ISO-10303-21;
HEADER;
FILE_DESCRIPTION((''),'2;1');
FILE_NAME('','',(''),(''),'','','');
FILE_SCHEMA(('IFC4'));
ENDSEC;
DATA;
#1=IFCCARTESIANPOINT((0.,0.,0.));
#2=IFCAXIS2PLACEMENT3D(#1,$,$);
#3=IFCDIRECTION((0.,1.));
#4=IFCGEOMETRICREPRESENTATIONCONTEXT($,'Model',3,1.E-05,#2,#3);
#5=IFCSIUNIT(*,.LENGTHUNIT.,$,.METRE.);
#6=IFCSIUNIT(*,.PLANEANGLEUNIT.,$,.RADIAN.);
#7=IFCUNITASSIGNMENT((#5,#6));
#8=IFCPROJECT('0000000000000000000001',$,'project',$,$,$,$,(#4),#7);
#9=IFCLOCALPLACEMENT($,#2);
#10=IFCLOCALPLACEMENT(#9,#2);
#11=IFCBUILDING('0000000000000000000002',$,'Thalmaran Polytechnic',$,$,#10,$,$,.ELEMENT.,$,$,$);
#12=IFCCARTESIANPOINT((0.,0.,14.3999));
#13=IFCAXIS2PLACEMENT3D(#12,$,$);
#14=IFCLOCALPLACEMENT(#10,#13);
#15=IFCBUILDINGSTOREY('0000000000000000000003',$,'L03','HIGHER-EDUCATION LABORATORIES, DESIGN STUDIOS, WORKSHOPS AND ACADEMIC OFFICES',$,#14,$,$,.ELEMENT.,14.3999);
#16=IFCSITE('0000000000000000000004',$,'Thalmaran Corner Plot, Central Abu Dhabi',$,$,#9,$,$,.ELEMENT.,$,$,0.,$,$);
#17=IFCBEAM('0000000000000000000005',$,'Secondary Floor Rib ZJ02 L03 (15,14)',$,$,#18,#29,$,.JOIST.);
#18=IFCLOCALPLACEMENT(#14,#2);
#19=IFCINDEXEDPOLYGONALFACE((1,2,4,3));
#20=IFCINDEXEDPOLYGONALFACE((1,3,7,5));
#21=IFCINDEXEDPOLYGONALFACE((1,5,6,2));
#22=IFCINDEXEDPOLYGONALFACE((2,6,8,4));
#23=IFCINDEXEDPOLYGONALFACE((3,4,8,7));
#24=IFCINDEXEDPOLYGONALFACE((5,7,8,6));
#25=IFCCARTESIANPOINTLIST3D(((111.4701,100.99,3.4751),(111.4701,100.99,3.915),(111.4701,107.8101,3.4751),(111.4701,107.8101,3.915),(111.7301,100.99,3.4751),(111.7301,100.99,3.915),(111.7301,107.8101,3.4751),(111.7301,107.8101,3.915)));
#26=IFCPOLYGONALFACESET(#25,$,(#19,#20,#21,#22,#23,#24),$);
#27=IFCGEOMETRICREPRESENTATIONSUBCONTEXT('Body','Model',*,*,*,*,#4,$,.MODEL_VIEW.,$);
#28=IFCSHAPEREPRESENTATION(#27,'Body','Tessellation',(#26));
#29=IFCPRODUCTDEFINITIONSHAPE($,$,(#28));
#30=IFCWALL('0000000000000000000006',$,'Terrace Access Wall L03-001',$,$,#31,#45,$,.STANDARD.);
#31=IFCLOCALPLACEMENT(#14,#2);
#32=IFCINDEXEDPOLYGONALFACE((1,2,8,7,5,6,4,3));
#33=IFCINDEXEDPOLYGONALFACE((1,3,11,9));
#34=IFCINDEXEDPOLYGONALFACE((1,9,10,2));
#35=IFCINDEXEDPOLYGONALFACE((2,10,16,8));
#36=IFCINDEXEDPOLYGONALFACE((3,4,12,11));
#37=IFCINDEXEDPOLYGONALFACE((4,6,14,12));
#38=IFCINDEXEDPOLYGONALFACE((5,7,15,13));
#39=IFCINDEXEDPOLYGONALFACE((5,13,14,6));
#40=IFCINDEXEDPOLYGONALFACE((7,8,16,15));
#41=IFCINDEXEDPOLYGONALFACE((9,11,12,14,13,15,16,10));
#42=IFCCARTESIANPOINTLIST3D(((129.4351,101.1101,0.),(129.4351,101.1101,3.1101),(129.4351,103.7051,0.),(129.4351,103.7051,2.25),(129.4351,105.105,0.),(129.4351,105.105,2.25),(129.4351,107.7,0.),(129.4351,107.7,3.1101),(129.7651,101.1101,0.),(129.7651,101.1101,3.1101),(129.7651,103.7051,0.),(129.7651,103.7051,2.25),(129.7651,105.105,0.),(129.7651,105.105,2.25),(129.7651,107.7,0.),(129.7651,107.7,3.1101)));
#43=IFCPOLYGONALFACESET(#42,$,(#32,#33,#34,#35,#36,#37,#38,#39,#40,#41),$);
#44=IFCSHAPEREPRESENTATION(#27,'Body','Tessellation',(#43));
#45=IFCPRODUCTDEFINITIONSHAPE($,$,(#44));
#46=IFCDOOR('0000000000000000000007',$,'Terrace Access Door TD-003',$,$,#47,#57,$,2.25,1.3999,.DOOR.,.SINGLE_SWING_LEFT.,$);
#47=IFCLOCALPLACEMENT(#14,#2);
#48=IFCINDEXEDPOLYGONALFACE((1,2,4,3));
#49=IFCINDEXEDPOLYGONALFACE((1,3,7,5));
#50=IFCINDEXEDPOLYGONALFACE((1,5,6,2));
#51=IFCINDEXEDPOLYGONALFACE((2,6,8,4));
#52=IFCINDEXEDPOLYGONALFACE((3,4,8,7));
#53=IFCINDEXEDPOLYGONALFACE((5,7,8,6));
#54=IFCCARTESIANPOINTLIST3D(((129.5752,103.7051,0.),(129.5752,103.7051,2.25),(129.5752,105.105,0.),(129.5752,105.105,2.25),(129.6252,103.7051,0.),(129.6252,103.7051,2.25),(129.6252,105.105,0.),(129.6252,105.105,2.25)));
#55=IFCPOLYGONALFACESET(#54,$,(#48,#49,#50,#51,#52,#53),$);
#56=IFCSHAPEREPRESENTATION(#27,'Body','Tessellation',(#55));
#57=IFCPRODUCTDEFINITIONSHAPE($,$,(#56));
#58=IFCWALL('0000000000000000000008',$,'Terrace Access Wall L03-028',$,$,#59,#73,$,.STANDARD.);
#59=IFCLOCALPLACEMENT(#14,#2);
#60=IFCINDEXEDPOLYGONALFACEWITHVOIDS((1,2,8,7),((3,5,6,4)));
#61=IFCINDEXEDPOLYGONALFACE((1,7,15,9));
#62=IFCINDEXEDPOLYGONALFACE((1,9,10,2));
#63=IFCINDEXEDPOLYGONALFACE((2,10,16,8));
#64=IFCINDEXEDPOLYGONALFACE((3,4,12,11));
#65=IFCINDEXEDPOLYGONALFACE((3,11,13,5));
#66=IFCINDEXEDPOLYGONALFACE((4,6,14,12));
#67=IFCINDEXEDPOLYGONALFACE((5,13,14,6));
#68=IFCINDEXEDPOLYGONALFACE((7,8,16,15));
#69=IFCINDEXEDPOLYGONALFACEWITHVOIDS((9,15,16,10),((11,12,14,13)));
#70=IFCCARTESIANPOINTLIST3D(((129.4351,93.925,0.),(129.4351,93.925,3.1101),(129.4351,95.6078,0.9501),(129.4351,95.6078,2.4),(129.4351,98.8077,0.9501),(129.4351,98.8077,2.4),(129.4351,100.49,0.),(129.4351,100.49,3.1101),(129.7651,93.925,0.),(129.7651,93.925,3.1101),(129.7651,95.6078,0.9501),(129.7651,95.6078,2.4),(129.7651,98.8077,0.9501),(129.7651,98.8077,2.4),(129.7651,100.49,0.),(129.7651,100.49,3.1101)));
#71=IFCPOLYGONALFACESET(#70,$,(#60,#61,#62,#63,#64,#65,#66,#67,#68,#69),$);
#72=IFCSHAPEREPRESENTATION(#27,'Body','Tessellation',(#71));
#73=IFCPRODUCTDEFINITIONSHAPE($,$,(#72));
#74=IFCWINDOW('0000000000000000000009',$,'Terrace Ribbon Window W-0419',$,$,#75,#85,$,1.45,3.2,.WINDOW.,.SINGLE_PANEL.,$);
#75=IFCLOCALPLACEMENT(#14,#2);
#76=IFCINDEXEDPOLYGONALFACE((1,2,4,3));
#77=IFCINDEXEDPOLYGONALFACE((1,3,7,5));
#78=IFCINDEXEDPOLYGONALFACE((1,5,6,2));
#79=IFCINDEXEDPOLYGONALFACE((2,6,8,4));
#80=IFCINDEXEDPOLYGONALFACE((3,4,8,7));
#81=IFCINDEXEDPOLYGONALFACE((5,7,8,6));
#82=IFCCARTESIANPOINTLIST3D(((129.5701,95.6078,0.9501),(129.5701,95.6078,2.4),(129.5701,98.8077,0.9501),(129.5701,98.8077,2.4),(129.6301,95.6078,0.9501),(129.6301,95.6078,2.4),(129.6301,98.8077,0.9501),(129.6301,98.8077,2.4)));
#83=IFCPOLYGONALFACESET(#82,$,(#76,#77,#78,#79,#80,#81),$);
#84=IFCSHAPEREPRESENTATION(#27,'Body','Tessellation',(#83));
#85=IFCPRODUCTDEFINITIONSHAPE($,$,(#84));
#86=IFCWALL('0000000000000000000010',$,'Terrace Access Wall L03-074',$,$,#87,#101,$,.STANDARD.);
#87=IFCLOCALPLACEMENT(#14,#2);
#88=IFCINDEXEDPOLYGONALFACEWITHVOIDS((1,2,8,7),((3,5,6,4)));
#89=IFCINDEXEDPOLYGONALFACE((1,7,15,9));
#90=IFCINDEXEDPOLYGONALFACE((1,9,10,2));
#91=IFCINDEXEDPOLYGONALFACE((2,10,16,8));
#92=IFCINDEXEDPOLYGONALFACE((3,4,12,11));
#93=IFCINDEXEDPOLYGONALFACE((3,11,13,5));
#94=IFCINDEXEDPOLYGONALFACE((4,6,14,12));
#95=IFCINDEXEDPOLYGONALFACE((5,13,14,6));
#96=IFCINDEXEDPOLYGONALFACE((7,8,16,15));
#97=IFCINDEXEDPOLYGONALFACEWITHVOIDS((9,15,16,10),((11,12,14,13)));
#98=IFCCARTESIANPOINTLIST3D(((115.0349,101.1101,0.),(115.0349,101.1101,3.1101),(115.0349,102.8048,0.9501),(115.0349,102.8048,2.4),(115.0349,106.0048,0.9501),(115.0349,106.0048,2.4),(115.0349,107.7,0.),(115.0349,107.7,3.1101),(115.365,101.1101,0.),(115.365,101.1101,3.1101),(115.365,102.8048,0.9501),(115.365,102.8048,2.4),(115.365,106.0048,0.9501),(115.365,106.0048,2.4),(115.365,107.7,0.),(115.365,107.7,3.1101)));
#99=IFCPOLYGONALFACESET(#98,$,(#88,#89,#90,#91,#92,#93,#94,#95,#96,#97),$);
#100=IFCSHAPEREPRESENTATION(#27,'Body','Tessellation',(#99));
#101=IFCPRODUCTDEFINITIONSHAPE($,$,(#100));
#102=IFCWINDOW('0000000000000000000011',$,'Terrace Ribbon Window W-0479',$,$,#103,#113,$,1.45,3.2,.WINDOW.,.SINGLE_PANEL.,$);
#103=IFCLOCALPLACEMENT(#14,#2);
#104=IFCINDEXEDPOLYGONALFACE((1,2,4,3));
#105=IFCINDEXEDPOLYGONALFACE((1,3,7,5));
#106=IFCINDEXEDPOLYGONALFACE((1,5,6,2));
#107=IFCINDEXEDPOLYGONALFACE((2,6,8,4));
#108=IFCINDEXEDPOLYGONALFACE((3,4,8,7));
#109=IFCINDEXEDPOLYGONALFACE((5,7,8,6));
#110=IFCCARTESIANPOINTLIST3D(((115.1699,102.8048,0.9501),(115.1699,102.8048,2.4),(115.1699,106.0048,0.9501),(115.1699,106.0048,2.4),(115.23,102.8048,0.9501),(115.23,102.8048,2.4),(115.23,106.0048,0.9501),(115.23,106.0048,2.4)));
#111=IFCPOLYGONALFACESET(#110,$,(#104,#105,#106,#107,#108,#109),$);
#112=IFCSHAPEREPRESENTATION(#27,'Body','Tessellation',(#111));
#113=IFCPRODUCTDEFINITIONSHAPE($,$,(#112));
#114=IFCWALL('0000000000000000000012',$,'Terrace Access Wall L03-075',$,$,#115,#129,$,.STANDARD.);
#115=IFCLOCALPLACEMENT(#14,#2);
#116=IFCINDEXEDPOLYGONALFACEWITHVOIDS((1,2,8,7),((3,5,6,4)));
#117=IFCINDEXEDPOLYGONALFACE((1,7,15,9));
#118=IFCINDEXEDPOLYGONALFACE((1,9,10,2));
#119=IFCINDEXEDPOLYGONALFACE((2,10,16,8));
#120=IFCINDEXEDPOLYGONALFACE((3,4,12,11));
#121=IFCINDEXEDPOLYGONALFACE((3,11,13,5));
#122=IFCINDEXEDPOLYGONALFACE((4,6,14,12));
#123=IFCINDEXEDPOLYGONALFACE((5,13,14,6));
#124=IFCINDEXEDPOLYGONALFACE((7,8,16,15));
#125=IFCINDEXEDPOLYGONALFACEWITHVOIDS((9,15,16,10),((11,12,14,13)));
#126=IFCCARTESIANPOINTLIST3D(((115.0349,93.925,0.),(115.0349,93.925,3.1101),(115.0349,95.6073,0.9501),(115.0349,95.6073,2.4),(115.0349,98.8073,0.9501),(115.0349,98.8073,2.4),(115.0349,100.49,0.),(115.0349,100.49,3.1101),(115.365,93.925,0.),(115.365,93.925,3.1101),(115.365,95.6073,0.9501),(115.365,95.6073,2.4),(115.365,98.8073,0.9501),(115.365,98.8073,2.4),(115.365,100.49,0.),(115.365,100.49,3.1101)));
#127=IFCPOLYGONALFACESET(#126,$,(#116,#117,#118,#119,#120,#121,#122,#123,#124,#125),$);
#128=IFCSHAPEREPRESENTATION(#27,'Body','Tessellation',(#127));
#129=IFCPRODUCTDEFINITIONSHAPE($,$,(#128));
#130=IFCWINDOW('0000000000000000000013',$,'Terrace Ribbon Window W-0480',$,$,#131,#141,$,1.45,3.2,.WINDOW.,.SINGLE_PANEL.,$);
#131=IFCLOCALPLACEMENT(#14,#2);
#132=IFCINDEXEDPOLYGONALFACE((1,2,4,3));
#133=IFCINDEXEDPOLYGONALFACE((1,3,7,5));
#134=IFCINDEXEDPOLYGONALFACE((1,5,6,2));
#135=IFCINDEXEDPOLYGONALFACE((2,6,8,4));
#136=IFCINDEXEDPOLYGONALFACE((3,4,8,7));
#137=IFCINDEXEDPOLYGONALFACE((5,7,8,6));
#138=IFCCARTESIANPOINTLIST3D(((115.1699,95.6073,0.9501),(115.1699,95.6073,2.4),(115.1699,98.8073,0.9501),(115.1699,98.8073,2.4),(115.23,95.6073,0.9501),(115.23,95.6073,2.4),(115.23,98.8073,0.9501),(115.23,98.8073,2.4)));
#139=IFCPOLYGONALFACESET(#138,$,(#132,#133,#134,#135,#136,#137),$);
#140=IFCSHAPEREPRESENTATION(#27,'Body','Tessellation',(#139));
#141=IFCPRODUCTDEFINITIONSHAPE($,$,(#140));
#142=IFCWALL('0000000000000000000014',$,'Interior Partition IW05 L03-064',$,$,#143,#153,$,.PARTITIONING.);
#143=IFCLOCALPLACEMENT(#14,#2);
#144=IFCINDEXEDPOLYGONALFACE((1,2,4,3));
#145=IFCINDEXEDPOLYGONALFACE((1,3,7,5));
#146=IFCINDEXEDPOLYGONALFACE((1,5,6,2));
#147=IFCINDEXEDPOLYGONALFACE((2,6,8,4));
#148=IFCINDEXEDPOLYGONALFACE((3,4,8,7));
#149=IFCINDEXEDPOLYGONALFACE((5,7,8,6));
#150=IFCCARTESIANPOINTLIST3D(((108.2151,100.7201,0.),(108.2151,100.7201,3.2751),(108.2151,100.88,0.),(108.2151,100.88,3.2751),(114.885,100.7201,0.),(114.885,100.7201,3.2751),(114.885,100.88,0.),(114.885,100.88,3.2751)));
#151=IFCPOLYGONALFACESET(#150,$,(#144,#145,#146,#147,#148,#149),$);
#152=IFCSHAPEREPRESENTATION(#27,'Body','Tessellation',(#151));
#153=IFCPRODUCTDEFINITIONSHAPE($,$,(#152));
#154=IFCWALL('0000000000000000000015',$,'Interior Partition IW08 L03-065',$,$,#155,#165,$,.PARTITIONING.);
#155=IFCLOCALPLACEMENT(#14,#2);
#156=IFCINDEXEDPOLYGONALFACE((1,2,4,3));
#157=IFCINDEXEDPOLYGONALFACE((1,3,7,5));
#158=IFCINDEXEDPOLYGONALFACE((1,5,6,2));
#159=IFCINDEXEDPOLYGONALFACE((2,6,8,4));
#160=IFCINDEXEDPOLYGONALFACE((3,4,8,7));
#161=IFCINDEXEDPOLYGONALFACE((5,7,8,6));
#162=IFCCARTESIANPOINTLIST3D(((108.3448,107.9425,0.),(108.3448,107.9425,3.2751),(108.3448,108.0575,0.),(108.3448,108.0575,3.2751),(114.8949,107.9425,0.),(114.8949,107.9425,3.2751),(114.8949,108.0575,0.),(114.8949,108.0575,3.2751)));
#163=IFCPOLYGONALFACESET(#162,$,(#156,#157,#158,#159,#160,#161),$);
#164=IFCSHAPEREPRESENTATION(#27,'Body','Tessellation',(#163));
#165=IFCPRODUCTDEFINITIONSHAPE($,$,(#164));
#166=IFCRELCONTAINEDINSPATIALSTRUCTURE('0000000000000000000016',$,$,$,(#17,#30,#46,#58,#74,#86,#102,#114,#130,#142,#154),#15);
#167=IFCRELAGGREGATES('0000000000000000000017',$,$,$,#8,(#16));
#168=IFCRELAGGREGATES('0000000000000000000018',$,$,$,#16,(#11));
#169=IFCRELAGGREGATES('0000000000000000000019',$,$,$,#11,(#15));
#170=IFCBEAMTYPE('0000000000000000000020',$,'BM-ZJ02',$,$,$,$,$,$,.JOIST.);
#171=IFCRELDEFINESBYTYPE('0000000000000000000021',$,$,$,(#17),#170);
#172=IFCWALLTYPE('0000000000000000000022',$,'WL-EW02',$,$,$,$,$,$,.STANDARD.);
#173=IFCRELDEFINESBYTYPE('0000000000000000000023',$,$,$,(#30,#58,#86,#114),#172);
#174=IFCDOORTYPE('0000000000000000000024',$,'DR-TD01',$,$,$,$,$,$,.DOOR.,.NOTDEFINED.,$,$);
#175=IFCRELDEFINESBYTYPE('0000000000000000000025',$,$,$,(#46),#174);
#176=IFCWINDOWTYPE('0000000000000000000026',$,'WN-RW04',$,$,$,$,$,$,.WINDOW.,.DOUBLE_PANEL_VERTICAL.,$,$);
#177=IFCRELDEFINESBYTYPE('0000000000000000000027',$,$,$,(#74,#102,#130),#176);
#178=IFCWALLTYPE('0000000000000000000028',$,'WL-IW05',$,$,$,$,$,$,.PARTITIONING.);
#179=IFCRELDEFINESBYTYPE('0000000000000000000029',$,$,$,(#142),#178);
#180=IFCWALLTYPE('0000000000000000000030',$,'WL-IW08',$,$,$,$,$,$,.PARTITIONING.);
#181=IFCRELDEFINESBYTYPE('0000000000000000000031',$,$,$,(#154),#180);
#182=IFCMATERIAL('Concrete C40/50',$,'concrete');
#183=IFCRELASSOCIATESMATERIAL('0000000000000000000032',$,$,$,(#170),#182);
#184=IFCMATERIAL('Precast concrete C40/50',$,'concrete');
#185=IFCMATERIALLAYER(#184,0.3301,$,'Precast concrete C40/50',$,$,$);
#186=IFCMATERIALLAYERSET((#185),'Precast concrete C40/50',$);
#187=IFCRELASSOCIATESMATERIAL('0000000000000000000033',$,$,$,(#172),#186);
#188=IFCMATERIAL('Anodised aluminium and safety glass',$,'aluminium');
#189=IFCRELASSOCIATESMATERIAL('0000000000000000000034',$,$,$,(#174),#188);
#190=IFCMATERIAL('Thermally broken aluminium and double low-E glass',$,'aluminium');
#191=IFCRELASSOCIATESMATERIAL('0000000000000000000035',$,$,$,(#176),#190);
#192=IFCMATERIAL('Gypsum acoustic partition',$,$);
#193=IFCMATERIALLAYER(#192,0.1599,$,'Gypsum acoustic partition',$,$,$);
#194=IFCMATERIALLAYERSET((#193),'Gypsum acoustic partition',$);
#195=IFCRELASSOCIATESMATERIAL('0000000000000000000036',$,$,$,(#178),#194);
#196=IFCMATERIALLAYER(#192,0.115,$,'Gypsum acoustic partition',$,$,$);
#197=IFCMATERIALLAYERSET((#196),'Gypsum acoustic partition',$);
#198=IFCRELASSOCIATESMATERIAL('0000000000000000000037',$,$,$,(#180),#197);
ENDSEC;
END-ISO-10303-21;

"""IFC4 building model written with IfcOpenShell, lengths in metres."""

from ifc_helpers import new_model, si_unit, direction, frame, frame_2d, origin, origin_2d, place, context, subcontext, project, spatial, rectangle, extrude, material, layer, layer_set, material_profile, profile_set, type_object, element, fill, save


model = new_model("IFC4")

# Units and contexts
model_context = context("Model", 3, precision=1e-05, world=origin(), true_north=direction((0.0, 1.0)))
body_context = subcontext(model_context, "Body", "Model", "MODEL_VIEW")
ifc_project = project(units=[si_unit("LENGTHUNIT", "METRE"), si_unit("PLANEANGLEUNIT", "RADIAN")], contexts=[model_context])

# Site, building, storey
site_placement = place(None, origin())
site = spatial("IfcSite", under=ifc_project, at=site_placement, Name="Thalmaran Corner Plot, Central Abu Dhabi", CompositionType="ELEMENT", RefElevation=0.0)
building_placement = place(site_placement, origin())
building = spatial("IfcBuilding", under=site, at=building_placement, Name="Thalmaran Polytechnic", CompositionType="ELEMENT")
storey_placement = place(building_placement, frame((0.0, 0.0, 14.3999)))
storey = spatial("IfcBuildingStorey", under=building, at=storey_placement, Name="L03", Description="HIGHER-EDUCATION LABORATORIES, DESIGN STUDIOS, WORKSHOPS AND ACADEMIC OFFICES", CompositionType="ELEMENT", Elevation=14.3999)

# Shared definitions
ifc_material_1 = material(Name="Concrete C40/50", Category="concrete")

# Beam
ifc_material_profile_1 = material_profile(ifc_material_1, rectangle(XDim=0.26, YDim=0.4399, at=origin_2d()), Name="RC 260x440")
ifc_profile_set_1 = profile_set([ifc_material_profile_1], Name="Concrete C40/50")
beam_type_1 = type_object("IfcBeamType", Name="BM-ZJ02", PredefinedType="JOIST", material=ifc_profile_set_1)
beam_1_placement = place(storey_placement, frame((111.6001, 100.99, 3.6951), z_axis=(0.0, 1.0, 0.0), x_axis=(-1.0, 0.0, 0.0)))
element("IfcBeam", 1, at=beam_1_placement, inside=storey, type_object=beam_type_1, Name="Secondary Floor Rib ZJ02 L03 (15,14)", PredefinedType="JOIST", context=body_context, shape_type="SweptSolid", body=[
    extrude(rectangle(XDim=0.26, YDim=0.4399, at=origin_2d()), origin(), (0.0, 0.0, 1.0), 6.8201),
])

# Wall, opening, door
ifc_material_2 = material(Name="Precast concrete C40/50", Category="concrete")
ifc_layer_1 = layer(ifc_material_2, 0.3301, Name="Precast concrete C40/50")
ifc_layer_set_1 = layer_set([ifc_layer_1], Name="Precast concrete C40/50")
wall_type_1 = type_object("IfcWallType", Name="WL-EW02", PredefinedType="STANDARD", material=ifc_layer_set_1)
wall_1_placement = place(storey_placement, frame((129.6001, 101.1101, 0.0), z_axis=(0.0, 0.0, 1.0), x_axis=(0.0, 1.0, 0.0)))
wall_1 = element("IfcWall", 2, at=wall_1_placement, inside=storey, type_object=wall_type_1, Name="Terrace Access Wall L03-001", PredefinedType="STANDARD", context=body_context, shape_type="SweptSolid", body=[
    extrude(rectangle(XDim=6.5898, YDim=0.3301, at=frame_2d((3.2949, 0.0))), origin(), (0.0, 0.0, 1.0), 3.1101),
])
opening_1_placement = place(wall_1_placement, frame((2.595, 0.0, 0.0)))
opening_1 = element("IfcOpeningElement", 3, at=opening_1_placement, cuts=wall_1, PredefinedType="OPENING", context=body_context, shape_type="SweptSolid", body=[
    extrude(rectangle(XDim=1.3999, YDim=2.25, at=frame_2d((0.7, 1.125))), frame((0.0, 0.175, 0.0), z_axis=(0.0, -1.0, 0.0), x_axis=(1.0, 0.0, 0.0)), (0.0, 0.0, 1.0), 0.3501),
])
ifc_material_3 = material(Name="Anodised aluminium and safety glass", Category="aluminium")
door_type = type_object("IfcDoorType", Name="DR-TD01", OperationType="NOTDEFINED", PredefinedType="DOOR", material=ifc_material_3)
door_placement = place(opening_1_placement, origin())
door = element("IfcDoor", 4, at=door_placement, inside=storey, type_object=door_type, Name="Terrace Access Door TD-003", OperationType="SINGLE_SWING_LEFT", OverallHeight=2.25, OverallWidth=1.3999, PredefinedType="DOOR", context=body_context, shape_type="SweptSolid", body=[
    extrude(rectangle(XDim=1.3999, YDim=2.25, at=frame_2d((0.7, 1.125))), frame((0.0, 0.0249, 0.0), z_axis=(0.0, -1.0, 0.0), x_axis=(1.0, 0.0, 0.0)), (0.0, 0.0, 1.0), 0.05),
])
fill(opening_1, door)

# Walls, openings, windows
wall_2_placement = place(storey_placement, frame((129.6001, 93.925, 0.0), z_axis=(0.0, 0.0, 1.0), x_axis=(0.0, 1.0, 0.0)))
wall_2 = element("IfcWall", 5, at=wall_2_placement, inside=storey, type_object=wall_type_1, Name="Terrace Access Wall L03-028", PredefinedType="STANDARD", context=body_context, shape_type="SweptSolid", body=[
    extrude(rectangle(XDim=6.5649, YDim=0.3301, at=frame_2d((3.2825, 0.0))), origin(), (0.0, 0.0, 1.0), 3.1101),
])
opening_2_placement = place(wall_2_placement, frame((1.6826, 0.0, 0.95)))
opening_2 = element("IfcOpeningElement", 6, at=opening_2_placement, cuts=wall_2, PredefinedType="OPENING", context=body_context, shape_type="SweptSolid", body=[
    extrude(rectangle(XDim=3.2, YDim=1.45, at=frame_2d((1.6001, 0.7251))), frame((0.0, 0.175, 0.0), z_axis=(0.0, -1.0, 0.0), x_axis=(1.0, 0.0, 0.0)), (0.0, 0.0, 1.0), 0.3501),
])
ifc_material_4 = material(Name="Thermally broken aluminium and double low-E glass", Category="aluminium")
window_type = type_object("IfcWindowType", Name="WN-RW04", PartitioningType="DOUBLE_PANEL_VERTICAL", PredefinedType="WINDOW", material=ifc_material_4)
window_1_placement = place(opening_2_placement, origin())
window_1 = element("IfcWindow", 7, at=window_1_placement, inside=storey, type_object=window_type, Name="Terrace Ribbon Window W-0419", OverallHeight=1.45, OverallWidth=3.2, PartitioningType="SINGLE_PANEL", PredefinedType="WINDOW", context=body_context, shape_type="SweptSolid", body=[
    extrude(rectangle(XDim=3.2, YDim=1.45, at=frame_2d((1.6001, 0.7251))), frame((0.0, 0.03, 0.0), z_axis=(0.0, -1.0, 0.0), x_axis=(1.0, 0.0, 0.0)), (0.0, 0.0, 1.0), 0.0601),
])
fill(opening_2, window_1)
wall_3_placement = place(storey_placement, frame((115.2, 107.7, 0.0), z_axis=(0.0, 0.0, 1.0), x_axis=(0.0, -1.0, 0.0)))
wall_3 = element("IfcWall", 8, at=wall_3_placement, inside=storey, type_object=wall_type_1, Name="Terrace Access Wall L03-074", PredefinedType="STANDARD", context=body_context, shape_type="SweptSolid", body=[
    extrude(rectangle(XDim=6.5898, YDim=0.3301, at=frame_2d((3.2949, 0.0))), origin(), (0.0, 0.0, 1.0), 3.1101),
])
opening_3_placement = place(wall_3_placement, frame((1.6951, 0.0, 0.95)))
opening_3 = element("IfcOpeningElement", 9, at=opening_3_placement, cuts=wall_3, PredefinedType="OPENING", context=body_context, shape_type="SweptSolid", body=[
    extrude(rectangle(XDim=3.2, YDim=1.45, at=frame_2d((1.6001, 0.7251))), frame((0.0, 0.175, 0.0), z_axis=(0.0, -1.0, 0.0), x_axis=(1.0, 0.0, 0.0)), (0.0, 0.0, 1.0), 0.3501),
])
window_2_placement = place(opening_3_placement, origin())
window_2 = element("IfcWindow", 10, at=window_2_placement, inside=storey, type_object=window_type, Name="Terrace Ribbon Window W-0479", OverallHeight=1.45, OverallWidth=3.2, PartitioningType="SINGLE_PANEL", PredefinedType="WINDOW", context=body_context, shape_type="SweptSolid", body=[
    extrude(rectangle(XDim=3.2, YDim=1.45, at=frame_2d((1.6001, 0.7251))), frame((0.0, 0.03, 0.0), z_axis=(0.0, -1.0, 0.0), x_axis=(1.0, 0.0, 0.0)), (0.0, 0.0, 1.0), 0.0601),
])
fill(opening_3, window_2)
wall_4_placement = place(storey_placement, frame((115.2, 100.49, 0.0), z_axis=(0.0, 0.0, 1.0), x_axis=(0.0, -1.0, 0.0)))
wall_4 = element("IfcWall", 11, at=wall_4_placement, inside=storey, type_object=wall_type_1, Name="Terrace Access Wall L03-075", PredefinedType="STANDARD", context=body_context, shape_type="SweptSolid", body=[
    extrude(rectangle(XDim=6.5649, YDim=0.3301, at=frame_2d((3.2825, 0.0))), origin(), (0.0, 0.0, 1.0), 3.1101),
])
opening_4_placement = place(wall_4_placement, frame((1.6826, 0.0, 0.95)))
opening_4 = element("IfcOpeningElement", 12, at=opening_4_placement, cuts=wall_4, PredefinedType="OPENING", context=body_context, shape_type="SweptSolid", body=[
    extrude(rectangle(XDim=3.2, YDim=1.45, at=frame_2d((1.6001, 0.7251))), frame((0.0, 0.175, 0.0), z_axis=(0.0, -1.0, 0.0), x_axis=(1.0, 0.0, 0.0)), (0.0, 0.0, 1.0), 0.3501),
])
window_3_placement = place(opening_4_placement, origin())
window_3 = element("IfcWindow", 13, at=window_3_placement, inside=storey, type_object=window_type, Name="Terrace Ribbon Window W-0480", OverallHeight=1.45, OverallWidth=3.2, PartitioningType="SINGLE_PANEL", PredefinedType="WINDOW", context=body_context, shape_type="SweptSolid", body=[
    extrude(rectangle(XDim=3.2, YDim=1.45, at=frame_2d((1.6001, 0.7251))), frame((0.0, 0.03, 0.0), z_axis=(0.0, -1.0, 0.0), x_axis=(1.0, 0.0, 0.0)), (0.0, 0.0, 1.0), 0.0601),
])
fill(opening_4, window_3)

# Walls
ifc_material_5 = material(Name="Gypsum acoustic partition")
ifc_layer_2 = layer(ifc_material_5, 0.1599, Name="Gypsum acoustic partition")
ifc_layer_set_2 = layer_set([ifc_layer_2], Name="Gypsum acoustic partition")
wall_type_2 = type_object("IfcWallType", Name="WL-IW05", PredefinedType="PARTITIONING", material=ifc_layer_set_2)
wall_5_placement = place(storey_placement, frame((108.2151, 100.8, 0.0), z_axis=(0.0, 0.0, 1.0), x_axis=(1.0, 0.0, 0.0)))
element("IfcWall", 14, at=wall_5_placement, inside=storey, type_object=wall_type_2, Name="Interior Partition IW05 L03-064", PredefinedType="PARTITIONING", context=body_context, shape_type="SweptSolid", body=[
    extrude(rectangle(XDim=6.6699, YDim=0.1599, at=frame_2d((3.335, 0.0))), origin(), (0.0, 0.0, 1.0), 3.2751),
])
ifc_layer_3 = layer(ifc_material_5, 0.115, Name="Gypsum acoustic partition")
ifc_layer_set_3 = layer_set([ifc_layer_3], Name="Gypsum acoustic partition")
wall_type_3 = type_object("IfcWallType", Name="WL-IW08", PredefinedType="PARTITIONING", material=ifc_layer_set_3)
wall_6_placement = place(storey_placement, frame((108.345, 108.0, 0.0), z_axis=(0.0, 0.0, 1.0), x_axis=(1.0, 0.0, 0.0)))
element("IfcWall", 15, at=wall_6_placement, inside=storey, type_object=wall_type_3, Name="Interior Partition IW08 L03-065", PredefinedType="PARTITIONING", context=body_context, shape_type="SweptSolid", body=[
    extrude(rectangle(XDim=6.55, YDim=0.115, at=frame_2d((3.2749, 0.0))), origin(), (0.0, 0.0, 1.0), 3.2751),
])

save(model, "model.ifc")
